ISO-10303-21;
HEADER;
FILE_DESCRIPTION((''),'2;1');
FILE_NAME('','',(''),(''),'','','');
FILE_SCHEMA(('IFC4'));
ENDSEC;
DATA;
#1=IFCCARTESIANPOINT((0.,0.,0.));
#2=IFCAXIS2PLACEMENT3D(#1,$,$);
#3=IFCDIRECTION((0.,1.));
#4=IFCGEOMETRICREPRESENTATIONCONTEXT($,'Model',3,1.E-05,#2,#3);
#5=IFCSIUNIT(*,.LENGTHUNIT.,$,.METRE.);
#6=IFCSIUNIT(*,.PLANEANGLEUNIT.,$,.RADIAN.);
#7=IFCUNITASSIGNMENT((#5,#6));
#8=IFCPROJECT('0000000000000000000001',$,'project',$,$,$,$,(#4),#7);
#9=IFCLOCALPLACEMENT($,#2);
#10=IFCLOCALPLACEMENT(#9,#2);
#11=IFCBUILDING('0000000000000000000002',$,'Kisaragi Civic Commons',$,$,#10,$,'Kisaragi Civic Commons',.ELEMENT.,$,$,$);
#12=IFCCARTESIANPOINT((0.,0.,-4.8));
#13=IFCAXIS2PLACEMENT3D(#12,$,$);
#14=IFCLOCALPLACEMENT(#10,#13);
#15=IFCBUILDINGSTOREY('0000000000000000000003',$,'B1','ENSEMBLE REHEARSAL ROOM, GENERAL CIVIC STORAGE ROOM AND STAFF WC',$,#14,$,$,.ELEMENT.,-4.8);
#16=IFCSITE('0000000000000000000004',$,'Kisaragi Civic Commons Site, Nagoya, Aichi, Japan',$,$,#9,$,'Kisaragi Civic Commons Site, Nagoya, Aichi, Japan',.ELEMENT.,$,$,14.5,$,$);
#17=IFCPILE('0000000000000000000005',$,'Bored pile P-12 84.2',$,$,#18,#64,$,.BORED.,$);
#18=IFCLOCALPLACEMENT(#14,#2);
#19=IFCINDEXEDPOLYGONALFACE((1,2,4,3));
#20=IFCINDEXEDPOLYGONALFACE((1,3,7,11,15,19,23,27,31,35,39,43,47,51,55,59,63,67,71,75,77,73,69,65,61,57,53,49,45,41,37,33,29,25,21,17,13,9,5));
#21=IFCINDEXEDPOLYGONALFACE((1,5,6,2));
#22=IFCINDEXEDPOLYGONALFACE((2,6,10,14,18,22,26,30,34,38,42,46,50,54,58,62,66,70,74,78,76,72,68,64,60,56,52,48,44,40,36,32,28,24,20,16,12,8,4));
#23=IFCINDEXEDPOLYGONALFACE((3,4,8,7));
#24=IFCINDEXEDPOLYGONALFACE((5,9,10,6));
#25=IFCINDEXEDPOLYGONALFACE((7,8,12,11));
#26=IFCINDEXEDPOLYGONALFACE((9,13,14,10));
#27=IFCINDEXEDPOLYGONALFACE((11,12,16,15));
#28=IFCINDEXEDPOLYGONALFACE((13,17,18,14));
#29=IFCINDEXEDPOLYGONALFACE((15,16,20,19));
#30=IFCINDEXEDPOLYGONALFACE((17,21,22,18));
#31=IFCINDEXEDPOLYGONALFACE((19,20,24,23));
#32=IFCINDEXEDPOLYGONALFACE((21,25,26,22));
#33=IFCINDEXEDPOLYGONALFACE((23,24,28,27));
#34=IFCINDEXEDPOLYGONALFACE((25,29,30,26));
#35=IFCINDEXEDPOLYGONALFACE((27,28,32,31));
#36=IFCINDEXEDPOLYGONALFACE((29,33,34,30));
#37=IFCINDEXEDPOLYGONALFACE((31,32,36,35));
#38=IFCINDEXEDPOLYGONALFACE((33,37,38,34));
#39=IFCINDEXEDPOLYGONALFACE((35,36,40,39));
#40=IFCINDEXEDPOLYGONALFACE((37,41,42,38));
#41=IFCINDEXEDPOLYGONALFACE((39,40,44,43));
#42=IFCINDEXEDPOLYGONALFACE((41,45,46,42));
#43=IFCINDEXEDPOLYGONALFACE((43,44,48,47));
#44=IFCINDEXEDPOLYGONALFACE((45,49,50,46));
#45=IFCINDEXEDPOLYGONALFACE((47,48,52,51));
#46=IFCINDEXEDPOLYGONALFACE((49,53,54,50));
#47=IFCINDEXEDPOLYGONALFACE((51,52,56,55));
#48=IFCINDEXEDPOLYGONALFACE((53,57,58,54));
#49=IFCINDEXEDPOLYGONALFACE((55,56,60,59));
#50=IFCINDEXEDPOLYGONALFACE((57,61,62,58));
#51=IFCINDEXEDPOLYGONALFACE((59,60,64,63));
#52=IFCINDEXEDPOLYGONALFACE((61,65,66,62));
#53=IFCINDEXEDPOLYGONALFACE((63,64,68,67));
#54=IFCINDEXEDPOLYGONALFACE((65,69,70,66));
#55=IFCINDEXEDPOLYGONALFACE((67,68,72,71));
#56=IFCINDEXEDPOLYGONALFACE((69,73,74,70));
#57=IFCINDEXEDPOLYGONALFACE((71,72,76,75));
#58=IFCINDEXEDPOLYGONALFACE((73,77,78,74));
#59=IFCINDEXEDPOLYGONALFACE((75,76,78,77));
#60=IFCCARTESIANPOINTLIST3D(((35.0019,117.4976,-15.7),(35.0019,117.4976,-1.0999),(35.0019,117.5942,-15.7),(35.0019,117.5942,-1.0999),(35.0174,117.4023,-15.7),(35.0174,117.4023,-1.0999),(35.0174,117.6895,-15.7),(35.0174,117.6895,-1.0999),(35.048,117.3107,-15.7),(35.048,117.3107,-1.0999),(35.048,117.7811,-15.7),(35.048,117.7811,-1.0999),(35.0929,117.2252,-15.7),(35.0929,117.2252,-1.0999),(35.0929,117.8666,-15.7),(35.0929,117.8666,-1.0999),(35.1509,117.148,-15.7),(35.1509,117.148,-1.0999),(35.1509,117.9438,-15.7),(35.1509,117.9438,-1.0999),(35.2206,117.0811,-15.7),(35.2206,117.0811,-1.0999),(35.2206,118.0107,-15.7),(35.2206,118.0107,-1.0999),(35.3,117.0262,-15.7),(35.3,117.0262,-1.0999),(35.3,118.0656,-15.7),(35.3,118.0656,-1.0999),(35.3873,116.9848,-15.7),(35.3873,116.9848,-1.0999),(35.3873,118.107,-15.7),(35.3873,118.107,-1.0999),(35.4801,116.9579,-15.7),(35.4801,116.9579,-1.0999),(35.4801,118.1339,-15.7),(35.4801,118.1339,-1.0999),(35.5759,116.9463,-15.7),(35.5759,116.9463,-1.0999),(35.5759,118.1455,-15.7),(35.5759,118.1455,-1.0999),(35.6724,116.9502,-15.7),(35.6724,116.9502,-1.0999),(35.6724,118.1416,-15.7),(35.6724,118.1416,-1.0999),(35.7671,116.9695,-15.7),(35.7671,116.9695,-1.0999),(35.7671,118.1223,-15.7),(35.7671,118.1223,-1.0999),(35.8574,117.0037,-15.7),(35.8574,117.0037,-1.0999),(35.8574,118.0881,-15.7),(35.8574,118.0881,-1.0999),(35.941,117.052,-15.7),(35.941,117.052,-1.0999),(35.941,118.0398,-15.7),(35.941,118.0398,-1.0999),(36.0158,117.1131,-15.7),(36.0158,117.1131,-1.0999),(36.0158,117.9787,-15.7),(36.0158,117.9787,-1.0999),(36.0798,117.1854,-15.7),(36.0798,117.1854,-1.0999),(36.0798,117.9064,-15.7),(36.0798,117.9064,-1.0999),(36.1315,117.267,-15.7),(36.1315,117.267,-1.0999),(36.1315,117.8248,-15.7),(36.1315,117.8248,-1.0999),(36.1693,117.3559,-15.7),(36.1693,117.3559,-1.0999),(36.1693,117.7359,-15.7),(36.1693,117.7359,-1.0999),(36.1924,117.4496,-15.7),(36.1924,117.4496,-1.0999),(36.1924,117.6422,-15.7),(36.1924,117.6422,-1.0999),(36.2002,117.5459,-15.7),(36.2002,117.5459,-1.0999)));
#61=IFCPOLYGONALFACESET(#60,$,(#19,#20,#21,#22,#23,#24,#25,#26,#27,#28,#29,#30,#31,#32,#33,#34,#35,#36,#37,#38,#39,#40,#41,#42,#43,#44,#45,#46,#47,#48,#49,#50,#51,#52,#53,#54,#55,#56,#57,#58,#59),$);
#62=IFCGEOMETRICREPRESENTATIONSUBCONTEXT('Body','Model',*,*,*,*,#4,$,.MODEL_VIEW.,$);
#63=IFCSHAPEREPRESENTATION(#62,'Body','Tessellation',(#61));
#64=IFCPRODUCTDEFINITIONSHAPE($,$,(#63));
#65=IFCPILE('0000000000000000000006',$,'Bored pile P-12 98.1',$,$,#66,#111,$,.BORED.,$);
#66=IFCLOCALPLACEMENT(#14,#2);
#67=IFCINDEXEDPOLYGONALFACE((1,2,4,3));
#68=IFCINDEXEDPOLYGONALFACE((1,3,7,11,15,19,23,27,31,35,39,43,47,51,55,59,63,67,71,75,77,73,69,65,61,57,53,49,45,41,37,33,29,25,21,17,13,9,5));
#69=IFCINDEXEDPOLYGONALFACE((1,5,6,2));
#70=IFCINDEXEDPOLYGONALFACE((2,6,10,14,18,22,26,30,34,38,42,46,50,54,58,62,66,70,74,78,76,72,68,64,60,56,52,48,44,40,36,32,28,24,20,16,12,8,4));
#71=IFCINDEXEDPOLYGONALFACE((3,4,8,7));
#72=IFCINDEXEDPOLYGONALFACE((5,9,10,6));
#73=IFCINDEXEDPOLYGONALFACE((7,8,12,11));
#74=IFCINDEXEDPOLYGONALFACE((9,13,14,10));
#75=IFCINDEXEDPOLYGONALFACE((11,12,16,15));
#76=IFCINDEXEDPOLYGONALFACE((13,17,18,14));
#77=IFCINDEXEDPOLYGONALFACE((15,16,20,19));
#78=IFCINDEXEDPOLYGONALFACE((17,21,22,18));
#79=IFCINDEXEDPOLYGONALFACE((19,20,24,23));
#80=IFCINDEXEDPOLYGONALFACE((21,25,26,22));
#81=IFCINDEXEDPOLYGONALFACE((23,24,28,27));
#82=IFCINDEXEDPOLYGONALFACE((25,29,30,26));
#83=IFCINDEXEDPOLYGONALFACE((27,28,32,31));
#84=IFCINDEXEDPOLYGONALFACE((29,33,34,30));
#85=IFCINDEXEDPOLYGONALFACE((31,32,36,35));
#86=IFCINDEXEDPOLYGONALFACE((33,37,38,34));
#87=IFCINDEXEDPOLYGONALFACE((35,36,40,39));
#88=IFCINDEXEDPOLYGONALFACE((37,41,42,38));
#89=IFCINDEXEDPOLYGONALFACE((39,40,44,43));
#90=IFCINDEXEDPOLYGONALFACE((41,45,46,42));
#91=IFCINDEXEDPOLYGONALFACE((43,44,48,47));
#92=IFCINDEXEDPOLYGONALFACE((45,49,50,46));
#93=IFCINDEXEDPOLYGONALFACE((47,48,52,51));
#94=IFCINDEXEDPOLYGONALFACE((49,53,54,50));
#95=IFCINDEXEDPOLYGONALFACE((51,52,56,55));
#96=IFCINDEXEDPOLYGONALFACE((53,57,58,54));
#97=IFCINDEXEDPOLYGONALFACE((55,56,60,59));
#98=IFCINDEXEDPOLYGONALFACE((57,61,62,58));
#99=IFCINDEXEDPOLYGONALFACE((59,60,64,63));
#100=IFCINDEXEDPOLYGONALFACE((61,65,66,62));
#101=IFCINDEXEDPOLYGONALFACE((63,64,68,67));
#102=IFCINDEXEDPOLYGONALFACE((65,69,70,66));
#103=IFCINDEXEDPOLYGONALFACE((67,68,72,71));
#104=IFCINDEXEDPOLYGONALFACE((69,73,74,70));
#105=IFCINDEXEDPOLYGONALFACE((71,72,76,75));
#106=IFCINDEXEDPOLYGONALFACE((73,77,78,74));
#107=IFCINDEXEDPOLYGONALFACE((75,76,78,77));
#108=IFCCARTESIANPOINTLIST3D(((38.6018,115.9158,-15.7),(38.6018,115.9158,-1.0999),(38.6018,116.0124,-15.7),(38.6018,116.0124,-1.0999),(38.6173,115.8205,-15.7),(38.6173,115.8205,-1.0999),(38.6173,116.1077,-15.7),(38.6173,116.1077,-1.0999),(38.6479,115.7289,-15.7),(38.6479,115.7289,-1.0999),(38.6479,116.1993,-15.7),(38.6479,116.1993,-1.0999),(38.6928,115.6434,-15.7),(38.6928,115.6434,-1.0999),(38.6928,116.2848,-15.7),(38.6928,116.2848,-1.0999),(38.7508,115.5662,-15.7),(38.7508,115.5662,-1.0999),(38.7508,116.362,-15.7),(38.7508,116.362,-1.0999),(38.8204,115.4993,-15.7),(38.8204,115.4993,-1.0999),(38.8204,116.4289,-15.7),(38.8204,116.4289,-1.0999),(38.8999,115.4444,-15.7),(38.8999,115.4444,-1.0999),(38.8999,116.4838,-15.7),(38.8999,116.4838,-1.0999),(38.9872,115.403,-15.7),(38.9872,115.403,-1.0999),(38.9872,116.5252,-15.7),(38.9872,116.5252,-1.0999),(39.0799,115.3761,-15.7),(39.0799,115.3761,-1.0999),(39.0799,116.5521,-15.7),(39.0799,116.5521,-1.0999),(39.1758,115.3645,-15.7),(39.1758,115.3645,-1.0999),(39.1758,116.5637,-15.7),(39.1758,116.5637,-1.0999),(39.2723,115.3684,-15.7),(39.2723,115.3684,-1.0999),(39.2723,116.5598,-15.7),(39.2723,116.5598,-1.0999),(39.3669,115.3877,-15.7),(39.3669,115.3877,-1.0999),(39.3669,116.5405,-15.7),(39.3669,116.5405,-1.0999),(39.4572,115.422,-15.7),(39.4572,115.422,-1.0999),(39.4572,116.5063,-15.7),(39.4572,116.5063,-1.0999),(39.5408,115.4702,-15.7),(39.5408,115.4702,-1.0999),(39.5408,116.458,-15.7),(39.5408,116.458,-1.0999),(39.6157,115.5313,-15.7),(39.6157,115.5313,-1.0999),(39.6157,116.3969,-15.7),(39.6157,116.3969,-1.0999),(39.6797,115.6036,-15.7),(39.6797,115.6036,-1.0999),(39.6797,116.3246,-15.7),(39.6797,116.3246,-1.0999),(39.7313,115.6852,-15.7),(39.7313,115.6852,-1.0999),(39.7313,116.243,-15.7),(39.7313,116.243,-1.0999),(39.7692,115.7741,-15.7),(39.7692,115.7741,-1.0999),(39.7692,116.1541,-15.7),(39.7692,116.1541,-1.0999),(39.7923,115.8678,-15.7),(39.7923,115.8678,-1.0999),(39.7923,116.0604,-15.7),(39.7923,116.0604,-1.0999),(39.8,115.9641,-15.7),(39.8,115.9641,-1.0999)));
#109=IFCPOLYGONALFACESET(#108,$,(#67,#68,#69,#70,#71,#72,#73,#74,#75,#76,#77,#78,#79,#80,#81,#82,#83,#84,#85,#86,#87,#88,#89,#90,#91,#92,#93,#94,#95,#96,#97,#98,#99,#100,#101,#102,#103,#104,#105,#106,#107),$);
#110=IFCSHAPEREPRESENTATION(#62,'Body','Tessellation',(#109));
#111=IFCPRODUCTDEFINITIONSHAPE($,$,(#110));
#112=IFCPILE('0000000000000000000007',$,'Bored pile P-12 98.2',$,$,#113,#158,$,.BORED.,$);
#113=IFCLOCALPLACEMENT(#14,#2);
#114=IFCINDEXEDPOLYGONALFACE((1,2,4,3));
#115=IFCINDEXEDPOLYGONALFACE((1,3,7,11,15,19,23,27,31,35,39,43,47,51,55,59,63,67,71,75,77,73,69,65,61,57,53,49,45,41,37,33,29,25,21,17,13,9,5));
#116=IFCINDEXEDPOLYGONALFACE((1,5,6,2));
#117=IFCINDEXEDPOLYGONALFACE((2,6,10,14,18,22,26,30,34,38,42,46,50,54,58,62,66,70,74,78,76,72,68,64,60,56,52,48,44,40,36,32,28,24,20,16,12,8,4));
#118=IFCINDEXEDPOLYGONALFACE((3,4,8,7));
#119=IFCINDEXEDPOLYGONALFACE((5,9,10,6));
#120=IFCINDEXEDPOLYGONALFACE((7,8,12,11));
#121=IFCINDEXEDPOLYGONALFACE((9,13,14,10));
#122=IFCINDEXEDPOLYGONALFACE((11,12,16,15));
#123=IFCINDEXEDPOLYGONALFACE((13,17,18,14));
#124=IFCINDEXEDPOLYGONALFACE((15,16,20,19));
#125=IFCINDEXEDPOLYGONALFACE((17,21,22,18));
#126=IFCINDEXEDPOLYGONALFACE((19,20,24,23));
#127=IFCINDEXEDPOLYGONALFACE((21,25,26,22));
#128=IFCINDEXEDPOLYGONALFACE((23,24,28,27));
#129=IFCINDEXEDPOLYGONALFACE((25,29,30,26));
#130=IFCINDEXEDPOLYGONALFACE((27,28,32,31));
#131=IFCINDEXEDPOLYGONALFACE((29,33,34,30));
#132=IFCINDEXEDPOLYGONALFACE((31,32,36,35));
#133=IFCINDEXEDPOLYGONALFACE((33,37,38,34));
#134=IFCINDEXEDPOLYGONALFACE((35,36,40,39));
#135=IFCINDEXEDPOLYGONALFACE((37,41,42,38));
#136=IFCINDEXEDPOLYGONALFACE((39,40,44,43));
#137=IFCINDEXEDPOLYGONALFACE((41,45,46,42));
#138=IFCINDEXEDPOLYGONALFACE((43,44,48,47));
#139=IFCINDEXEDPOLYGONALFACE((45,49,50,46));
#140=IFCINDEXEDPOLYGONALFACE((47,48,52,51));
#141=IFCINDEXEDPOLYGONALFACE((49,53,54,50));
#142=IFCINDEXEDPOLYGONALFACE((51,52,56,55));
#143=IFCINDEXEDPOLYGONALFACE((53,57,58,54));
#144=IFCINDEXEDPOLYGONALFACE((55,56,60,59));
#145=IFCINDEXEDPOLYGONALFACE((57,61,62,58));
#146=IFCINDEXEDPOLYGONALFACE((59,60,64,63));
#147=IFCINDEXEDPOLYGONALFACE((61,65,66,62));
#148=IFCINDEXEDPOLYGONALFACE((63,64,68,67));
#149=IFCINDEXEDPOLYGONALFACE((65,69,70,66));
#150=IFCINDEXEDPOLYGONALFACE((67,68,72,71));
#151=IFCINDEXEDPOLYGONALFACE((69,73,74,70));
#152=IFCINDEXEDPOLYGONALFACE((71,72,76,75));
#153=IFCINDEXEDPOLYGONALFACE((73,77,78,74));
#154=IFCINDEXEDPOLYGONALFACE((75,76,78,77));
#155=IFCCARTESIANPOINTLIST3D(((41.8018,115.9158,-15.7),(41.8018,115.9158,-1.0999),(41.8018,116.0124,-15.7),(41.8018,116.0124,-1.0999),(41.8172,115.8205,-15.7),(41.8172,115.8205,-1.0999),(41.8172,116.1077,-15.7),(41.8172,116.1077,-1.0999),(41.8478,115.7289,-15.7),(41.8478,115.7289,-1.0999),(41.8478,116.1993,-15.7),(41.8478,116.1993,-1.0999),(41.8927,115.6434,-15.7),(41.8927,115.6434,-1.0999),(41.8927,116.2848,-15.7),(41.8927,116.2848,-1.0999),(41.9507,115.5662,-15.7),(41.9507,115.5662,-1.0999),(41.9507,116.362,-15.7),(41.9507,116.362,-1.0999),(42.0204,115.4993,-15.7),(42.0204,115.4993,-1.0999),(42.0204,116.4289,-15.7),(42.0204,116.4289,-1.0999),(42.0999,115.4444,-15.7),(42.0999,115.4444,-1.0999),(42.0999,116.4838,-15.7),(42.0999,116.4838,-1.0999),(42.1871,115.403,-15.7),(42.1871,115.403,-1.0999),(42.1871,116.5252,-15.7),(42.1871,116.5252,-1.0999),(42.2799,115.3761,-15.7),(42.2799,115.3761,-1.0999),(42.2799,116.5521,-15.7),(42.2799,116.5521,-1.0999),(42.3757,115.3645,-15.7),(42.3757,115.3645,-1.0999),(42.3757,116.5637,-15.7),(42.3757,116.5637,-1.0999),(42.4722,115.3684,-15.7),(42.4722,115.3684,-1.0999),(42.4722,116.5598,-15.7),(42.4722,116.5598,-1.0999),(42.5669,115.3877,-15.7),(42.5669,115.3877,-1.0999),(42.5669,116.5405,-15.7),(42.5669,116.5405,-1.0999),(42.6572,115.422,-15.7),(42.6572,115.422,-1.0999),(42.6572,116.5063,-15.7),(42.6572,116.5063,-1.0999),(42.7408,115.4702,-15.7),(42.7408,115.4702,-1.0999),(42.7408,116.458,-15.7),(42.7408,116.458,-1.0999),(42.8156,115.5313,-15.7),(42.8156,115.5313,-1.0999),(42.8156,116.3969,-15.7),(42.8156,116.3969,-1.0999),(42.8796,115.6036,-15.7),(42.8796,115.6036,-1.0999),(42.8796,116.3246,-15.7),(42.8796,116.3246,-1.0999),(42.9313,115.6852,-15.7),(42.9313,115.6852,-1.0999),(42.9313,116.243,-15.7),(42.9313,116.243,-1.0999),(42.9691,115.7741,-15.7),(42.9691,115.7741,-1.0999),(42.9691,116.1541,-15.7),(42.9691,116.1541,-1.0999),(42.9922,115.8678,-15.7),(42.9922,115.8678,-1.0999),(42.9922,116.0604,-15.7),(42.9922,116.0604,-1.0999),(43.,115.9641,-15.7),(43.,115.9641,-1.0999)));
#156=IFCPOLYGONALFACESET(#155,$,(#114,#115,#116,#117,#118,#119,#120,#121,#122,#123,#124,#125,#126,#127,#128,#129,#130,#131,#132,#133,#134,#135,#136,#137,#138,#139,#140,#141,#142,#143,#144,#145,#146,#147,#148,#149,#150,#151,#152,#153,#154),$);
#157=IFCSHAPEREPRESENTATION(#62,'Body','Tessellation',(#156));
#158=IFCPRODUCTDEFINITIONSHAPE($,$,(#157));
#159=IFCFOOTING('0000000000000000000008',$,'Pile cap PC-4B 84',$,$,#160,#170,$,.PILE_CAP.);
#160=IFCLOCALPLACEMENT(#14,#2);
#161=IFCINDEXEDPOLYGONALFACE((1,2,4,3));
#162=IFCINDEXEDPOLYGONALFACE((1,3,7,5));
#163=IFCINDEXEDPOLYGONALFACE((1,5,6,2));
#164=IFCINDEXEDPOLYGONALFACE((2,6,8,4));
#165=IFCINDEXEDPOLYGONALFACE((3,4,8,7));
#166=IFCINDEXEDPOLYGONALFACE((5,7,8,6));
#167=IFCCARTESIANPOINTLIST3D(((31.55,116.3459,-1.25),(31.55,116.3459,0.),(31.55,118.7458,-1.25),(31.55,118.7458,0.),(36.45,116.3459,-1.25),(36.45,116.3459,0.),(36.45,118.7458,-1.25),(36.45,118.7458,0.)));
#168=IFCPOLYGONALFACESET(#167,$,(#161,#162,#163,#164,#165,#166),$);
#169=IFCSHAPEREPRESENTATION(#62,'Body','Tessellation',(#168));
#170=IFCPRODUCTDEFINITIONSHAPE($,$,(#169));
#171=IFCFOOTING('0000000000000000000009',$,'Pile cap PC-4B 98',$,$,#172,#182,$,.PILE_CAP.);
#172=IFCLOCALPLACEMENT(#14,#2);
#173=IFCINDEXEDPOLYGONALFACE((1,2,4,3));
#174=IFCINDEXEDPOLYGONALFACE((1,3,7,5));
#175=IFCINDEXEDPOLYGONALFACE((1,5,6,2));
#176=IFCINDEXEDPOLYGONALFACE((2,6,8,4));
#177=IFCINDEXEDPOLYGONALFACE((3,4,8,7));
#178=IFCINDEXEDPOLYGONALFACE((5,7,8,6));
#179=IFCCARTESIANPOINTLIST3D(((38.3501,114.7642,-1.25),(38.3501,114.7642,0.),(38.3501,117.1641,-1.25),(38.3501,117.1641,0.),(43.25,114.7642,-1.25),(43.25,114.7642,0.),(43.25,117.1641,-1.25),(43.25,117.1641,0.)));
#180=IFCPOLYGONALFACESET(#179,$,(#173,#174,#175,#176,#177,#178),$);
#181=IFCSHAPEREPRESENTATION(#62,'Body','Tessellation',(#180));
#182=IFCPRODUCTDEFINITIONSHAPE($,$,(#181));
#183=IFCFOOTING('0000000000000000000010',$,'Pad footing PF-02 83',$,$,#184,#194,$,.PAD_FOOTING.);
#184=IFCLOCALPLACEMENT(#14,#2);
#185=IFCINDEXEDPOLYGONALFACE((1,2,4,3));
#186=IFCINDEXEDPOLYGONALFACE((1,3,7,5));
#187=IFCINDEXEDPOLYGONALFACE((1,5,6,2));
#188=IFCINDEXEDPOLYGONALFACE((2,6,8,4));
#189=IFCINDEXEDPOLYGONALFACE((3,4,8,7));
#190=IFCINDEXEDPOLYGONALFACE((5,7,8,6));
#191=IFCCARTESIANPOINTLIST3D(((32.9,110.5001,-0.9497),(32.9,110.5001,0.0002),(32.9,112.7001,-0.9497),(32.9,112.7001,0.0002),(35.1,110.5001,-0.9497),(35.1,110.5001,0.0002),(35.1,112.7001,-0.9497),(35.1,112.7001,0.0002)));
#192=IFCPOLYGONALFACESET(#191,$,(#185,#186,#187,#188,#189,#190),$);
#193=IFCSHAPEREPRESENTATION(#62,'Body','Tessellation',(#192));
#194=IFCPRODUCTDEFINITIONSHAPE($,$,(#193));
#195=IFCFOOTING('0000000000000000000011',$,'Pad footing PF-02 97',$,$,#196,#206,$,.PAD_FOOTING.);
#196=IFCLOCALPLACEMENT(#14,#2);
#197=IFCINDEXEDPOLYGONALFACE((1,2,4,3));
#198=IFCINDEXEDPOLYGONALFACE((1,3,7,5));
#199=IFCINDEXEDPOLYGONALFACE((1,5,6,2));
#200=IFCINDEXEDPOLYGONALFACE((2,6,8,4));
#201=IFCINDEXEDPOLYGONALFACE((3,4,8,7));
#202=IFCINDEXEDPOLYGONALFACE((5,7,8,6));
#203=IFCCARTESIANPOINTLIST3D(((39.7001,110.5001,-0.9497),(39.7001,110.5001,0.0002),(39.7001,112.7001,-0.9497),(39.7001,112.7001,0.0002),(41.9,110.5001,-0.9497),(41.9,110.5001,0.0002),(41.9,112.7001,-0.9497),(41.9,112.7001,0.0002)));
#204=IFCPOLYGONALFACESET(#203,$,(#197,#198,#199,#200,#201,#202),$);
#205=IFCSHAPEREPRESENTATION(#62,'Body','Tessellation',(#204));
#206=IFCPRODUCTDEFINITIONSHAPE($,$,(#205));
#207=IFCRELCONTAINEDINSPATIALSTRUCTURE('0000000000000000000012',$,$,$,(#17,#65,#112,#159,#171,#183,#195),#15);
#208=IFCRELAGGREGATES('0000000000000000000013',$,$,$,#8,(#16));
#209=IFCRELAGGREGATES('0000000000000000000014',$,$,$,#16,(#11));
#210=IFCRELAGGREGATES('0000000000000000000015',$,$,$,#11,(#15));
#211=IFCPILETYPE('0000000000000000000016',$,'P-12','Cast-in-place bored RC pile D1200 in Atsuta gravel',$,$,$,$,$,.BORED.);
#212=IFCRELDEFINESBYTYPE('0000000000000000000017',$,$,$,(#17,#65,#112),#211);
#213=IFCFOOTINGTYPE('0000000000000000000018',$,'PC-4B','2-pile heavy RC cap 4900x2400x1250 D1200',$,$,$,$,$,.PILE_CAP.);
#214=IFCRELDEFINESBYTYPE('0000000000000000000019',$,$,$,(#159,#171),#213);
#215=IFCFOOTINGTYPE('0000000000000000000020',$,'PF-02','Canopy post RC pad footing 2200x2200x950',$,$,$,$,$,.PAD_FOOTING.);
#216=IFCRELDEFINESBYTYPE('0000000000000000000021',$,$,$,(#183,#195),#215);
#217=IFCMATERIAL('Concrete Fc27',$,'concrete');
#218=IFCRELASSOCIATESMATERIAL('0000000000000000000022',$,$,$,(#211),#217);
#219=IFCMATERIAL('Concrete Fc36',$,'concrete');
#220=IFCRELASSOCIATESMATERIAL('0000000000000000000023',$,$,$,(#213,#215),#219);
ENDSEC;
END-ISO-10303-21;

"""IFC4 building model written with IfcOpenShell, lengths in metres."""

from ifc_helpers import new_model, si_unit, direction, frame, origin, origin_2d, place, context, subcontext, project, spatial, rectangle, circle, extrude, material, material_profile, profile_set, type_object, element, save


model = new_model("IFC4")

# Units and contexts
model_context = context("Model", 3, precision=1e-05, world=origin(), true_north=direction((0.0, 1.0)))
body_context = subcontext(model_context, "Body", "Model", "MODEL_VIEW")
ifc_project = project(units=[si_unit("LENGTHUNIT", "METRE"), si_unit("PLANEANGLEUNIT", "RADIAN")], contexts=[model_context])

# Site, building, storey
site_placement = place(None, origin())
site = spatial("IfcSite", under=ifc_project, at=site_placement, Name="Kisaragi Civic Commons Site, Nagoya, Aichi, Japan", LongName="Kisaragi Civic Commons Site, Nagoya, Aichi, Japan", CompositionType="ELEMENT", RefElevation=14.5)
building_placement = place(site_placement, origin())
building = spatial("IfcBuilding", under=site, at=building_placement, Name="Kisaragi Civic Commons", LongName="Kisaragi Civic Commons", CompositionType="ELEMENT")
storey_placement = place(building_placement, frame((0.0, 0.0, -4.8)))
storey = spatial("IfcBuildingStorey", under=building, at=storey_placement, Name="B1", Description="ENSEMBLE REHEARSAL ROOM, GENERAL CIVIC STORAGE ROOM AND STAFF WC", CompositionType="ELEMENT", Elevation=-4.8)

# Shared definitions
ifc_material_1 = material(Name="Concrete Fc27", Category="concrete")

# Piles
ifc_material_profile_1 = material_profile(ifc_material_1, circle(Radius=0.6001, at=origin_2d()), Name="PILE-D1200", Category="concrete")
ifc_profile_set_1 = profile_set([ifc_material_profile_1], Name="Concrete Fc27")
pile_type = type_object("IfcPileType", Name="P-12", Description="Cast-in-place bored RC pile D1200 in Atsuta gravel", PredefinedType="BORED", material=ifc_profile_set_1)
for number, where, z_axis, x_axis, name in (
    (1, (35.6001, 117.5459, -1.0999), (0.0, 0.0, -1.0), (1.0, 0.0, 0.0), "Bored pile P-12 84.2"),
    (2, (39.2, 115.9641, -1.0999), (0.0, 0.0, -1.0), (1.0, 0.0, 0.0), "Bored pile P-12 98.1"),
    (3, (42.3999, 115.9641, -1.0999), (0.0, 0.0, -1.0), (1.0, 0.0, 0.0), "Bored pile P-12 98.2"),
):
    element("IfcPile", number, at=place(storey_placement, frame(where, z_axis=z_axis, x_axis=x_axis)), inside=storey, type_object=pile_type, Name=name, PredefinedType="BORED", context=body_context, shape_type="SweptSolid", body=[
        extrude(circle(Radius=0.6001, at=origin_2d()), origin(), (0.0, 0.0, 1.0), 14.6001),
    ])

# Footings
ifc_material_2 = material(Name="Concrete Fc36", Category="concrete")
footing_type_1 = type_object("IfcFootingType", Name="PC-4B", Description="2-pile heavy RC cap 4900x2400x1250 D1200", PredefinedType="PILE_CAP", material=ifc_material_2)
for number, where, z_axis, x_axis, name in (
    (4, (34.0, 117.5459, -1.25), (0.0, 0.0, 1.0), (1.0, 0.0, 0.0), "Pile cap PC-4B 84"),
    (5, (40.8, 115.9641, -1.25), (0.0, 0.0, 1.0), (1.0, 0.0, 0.0), "Pile cap PC-4B 98"),
):
    element("IfcFooting", number, at=place(storey_placement, frame(where, z_axis=z_axis, x_axis=x_axis)), inside=storey, type_object=footing_type_1, Name=name, PredefinedType="PILE_CAP", context=body_context, shape_type="SweptSolid", body=[
        extrude(rectangle(XDim=4.8999, YDim=2.3999, at=origin_2d()), origin(), (0.0, 0.0, 1.0), 1.25),
    ])
footing_type_2 = type_object("IfcFootingType", Name="PF-02", Description="Canopy post RC pad footing 2200x2200x950", PredefinedType="PAD_FOOTING", material=ifc_material_2)
for number, where, z_axis, x_axis, name in (
    (6, (34.0, 111.6001, -0.9497), (0.0, 0.0, 1.0), (1.0, 0.0, 0.0), "Pad footing PF-02 83"),
    (7, (40.8, 111.6001, -0.9497), (0.0, 0.0, 1.0), (1.0, 0.0, 0.0), "Pad footing PF-02 97"),
):
    element("IfcFooting", number, at=place(storey_placement, frame(where, z_axis=z_axis, x_axis=x_axis)), inside=storey, type_object=footing_type_2, Name=name, PredefinedType="PAD_FOOTING", context=body_context, shape_type="SweptSolid", body=[
        extrude(rectangle(XDim=2.2, YDim=2.2, at=origin_2d()), origin(), (0.0, 0.0, 1.0), 0.95),
    ])

save(model, "model.ifc")
